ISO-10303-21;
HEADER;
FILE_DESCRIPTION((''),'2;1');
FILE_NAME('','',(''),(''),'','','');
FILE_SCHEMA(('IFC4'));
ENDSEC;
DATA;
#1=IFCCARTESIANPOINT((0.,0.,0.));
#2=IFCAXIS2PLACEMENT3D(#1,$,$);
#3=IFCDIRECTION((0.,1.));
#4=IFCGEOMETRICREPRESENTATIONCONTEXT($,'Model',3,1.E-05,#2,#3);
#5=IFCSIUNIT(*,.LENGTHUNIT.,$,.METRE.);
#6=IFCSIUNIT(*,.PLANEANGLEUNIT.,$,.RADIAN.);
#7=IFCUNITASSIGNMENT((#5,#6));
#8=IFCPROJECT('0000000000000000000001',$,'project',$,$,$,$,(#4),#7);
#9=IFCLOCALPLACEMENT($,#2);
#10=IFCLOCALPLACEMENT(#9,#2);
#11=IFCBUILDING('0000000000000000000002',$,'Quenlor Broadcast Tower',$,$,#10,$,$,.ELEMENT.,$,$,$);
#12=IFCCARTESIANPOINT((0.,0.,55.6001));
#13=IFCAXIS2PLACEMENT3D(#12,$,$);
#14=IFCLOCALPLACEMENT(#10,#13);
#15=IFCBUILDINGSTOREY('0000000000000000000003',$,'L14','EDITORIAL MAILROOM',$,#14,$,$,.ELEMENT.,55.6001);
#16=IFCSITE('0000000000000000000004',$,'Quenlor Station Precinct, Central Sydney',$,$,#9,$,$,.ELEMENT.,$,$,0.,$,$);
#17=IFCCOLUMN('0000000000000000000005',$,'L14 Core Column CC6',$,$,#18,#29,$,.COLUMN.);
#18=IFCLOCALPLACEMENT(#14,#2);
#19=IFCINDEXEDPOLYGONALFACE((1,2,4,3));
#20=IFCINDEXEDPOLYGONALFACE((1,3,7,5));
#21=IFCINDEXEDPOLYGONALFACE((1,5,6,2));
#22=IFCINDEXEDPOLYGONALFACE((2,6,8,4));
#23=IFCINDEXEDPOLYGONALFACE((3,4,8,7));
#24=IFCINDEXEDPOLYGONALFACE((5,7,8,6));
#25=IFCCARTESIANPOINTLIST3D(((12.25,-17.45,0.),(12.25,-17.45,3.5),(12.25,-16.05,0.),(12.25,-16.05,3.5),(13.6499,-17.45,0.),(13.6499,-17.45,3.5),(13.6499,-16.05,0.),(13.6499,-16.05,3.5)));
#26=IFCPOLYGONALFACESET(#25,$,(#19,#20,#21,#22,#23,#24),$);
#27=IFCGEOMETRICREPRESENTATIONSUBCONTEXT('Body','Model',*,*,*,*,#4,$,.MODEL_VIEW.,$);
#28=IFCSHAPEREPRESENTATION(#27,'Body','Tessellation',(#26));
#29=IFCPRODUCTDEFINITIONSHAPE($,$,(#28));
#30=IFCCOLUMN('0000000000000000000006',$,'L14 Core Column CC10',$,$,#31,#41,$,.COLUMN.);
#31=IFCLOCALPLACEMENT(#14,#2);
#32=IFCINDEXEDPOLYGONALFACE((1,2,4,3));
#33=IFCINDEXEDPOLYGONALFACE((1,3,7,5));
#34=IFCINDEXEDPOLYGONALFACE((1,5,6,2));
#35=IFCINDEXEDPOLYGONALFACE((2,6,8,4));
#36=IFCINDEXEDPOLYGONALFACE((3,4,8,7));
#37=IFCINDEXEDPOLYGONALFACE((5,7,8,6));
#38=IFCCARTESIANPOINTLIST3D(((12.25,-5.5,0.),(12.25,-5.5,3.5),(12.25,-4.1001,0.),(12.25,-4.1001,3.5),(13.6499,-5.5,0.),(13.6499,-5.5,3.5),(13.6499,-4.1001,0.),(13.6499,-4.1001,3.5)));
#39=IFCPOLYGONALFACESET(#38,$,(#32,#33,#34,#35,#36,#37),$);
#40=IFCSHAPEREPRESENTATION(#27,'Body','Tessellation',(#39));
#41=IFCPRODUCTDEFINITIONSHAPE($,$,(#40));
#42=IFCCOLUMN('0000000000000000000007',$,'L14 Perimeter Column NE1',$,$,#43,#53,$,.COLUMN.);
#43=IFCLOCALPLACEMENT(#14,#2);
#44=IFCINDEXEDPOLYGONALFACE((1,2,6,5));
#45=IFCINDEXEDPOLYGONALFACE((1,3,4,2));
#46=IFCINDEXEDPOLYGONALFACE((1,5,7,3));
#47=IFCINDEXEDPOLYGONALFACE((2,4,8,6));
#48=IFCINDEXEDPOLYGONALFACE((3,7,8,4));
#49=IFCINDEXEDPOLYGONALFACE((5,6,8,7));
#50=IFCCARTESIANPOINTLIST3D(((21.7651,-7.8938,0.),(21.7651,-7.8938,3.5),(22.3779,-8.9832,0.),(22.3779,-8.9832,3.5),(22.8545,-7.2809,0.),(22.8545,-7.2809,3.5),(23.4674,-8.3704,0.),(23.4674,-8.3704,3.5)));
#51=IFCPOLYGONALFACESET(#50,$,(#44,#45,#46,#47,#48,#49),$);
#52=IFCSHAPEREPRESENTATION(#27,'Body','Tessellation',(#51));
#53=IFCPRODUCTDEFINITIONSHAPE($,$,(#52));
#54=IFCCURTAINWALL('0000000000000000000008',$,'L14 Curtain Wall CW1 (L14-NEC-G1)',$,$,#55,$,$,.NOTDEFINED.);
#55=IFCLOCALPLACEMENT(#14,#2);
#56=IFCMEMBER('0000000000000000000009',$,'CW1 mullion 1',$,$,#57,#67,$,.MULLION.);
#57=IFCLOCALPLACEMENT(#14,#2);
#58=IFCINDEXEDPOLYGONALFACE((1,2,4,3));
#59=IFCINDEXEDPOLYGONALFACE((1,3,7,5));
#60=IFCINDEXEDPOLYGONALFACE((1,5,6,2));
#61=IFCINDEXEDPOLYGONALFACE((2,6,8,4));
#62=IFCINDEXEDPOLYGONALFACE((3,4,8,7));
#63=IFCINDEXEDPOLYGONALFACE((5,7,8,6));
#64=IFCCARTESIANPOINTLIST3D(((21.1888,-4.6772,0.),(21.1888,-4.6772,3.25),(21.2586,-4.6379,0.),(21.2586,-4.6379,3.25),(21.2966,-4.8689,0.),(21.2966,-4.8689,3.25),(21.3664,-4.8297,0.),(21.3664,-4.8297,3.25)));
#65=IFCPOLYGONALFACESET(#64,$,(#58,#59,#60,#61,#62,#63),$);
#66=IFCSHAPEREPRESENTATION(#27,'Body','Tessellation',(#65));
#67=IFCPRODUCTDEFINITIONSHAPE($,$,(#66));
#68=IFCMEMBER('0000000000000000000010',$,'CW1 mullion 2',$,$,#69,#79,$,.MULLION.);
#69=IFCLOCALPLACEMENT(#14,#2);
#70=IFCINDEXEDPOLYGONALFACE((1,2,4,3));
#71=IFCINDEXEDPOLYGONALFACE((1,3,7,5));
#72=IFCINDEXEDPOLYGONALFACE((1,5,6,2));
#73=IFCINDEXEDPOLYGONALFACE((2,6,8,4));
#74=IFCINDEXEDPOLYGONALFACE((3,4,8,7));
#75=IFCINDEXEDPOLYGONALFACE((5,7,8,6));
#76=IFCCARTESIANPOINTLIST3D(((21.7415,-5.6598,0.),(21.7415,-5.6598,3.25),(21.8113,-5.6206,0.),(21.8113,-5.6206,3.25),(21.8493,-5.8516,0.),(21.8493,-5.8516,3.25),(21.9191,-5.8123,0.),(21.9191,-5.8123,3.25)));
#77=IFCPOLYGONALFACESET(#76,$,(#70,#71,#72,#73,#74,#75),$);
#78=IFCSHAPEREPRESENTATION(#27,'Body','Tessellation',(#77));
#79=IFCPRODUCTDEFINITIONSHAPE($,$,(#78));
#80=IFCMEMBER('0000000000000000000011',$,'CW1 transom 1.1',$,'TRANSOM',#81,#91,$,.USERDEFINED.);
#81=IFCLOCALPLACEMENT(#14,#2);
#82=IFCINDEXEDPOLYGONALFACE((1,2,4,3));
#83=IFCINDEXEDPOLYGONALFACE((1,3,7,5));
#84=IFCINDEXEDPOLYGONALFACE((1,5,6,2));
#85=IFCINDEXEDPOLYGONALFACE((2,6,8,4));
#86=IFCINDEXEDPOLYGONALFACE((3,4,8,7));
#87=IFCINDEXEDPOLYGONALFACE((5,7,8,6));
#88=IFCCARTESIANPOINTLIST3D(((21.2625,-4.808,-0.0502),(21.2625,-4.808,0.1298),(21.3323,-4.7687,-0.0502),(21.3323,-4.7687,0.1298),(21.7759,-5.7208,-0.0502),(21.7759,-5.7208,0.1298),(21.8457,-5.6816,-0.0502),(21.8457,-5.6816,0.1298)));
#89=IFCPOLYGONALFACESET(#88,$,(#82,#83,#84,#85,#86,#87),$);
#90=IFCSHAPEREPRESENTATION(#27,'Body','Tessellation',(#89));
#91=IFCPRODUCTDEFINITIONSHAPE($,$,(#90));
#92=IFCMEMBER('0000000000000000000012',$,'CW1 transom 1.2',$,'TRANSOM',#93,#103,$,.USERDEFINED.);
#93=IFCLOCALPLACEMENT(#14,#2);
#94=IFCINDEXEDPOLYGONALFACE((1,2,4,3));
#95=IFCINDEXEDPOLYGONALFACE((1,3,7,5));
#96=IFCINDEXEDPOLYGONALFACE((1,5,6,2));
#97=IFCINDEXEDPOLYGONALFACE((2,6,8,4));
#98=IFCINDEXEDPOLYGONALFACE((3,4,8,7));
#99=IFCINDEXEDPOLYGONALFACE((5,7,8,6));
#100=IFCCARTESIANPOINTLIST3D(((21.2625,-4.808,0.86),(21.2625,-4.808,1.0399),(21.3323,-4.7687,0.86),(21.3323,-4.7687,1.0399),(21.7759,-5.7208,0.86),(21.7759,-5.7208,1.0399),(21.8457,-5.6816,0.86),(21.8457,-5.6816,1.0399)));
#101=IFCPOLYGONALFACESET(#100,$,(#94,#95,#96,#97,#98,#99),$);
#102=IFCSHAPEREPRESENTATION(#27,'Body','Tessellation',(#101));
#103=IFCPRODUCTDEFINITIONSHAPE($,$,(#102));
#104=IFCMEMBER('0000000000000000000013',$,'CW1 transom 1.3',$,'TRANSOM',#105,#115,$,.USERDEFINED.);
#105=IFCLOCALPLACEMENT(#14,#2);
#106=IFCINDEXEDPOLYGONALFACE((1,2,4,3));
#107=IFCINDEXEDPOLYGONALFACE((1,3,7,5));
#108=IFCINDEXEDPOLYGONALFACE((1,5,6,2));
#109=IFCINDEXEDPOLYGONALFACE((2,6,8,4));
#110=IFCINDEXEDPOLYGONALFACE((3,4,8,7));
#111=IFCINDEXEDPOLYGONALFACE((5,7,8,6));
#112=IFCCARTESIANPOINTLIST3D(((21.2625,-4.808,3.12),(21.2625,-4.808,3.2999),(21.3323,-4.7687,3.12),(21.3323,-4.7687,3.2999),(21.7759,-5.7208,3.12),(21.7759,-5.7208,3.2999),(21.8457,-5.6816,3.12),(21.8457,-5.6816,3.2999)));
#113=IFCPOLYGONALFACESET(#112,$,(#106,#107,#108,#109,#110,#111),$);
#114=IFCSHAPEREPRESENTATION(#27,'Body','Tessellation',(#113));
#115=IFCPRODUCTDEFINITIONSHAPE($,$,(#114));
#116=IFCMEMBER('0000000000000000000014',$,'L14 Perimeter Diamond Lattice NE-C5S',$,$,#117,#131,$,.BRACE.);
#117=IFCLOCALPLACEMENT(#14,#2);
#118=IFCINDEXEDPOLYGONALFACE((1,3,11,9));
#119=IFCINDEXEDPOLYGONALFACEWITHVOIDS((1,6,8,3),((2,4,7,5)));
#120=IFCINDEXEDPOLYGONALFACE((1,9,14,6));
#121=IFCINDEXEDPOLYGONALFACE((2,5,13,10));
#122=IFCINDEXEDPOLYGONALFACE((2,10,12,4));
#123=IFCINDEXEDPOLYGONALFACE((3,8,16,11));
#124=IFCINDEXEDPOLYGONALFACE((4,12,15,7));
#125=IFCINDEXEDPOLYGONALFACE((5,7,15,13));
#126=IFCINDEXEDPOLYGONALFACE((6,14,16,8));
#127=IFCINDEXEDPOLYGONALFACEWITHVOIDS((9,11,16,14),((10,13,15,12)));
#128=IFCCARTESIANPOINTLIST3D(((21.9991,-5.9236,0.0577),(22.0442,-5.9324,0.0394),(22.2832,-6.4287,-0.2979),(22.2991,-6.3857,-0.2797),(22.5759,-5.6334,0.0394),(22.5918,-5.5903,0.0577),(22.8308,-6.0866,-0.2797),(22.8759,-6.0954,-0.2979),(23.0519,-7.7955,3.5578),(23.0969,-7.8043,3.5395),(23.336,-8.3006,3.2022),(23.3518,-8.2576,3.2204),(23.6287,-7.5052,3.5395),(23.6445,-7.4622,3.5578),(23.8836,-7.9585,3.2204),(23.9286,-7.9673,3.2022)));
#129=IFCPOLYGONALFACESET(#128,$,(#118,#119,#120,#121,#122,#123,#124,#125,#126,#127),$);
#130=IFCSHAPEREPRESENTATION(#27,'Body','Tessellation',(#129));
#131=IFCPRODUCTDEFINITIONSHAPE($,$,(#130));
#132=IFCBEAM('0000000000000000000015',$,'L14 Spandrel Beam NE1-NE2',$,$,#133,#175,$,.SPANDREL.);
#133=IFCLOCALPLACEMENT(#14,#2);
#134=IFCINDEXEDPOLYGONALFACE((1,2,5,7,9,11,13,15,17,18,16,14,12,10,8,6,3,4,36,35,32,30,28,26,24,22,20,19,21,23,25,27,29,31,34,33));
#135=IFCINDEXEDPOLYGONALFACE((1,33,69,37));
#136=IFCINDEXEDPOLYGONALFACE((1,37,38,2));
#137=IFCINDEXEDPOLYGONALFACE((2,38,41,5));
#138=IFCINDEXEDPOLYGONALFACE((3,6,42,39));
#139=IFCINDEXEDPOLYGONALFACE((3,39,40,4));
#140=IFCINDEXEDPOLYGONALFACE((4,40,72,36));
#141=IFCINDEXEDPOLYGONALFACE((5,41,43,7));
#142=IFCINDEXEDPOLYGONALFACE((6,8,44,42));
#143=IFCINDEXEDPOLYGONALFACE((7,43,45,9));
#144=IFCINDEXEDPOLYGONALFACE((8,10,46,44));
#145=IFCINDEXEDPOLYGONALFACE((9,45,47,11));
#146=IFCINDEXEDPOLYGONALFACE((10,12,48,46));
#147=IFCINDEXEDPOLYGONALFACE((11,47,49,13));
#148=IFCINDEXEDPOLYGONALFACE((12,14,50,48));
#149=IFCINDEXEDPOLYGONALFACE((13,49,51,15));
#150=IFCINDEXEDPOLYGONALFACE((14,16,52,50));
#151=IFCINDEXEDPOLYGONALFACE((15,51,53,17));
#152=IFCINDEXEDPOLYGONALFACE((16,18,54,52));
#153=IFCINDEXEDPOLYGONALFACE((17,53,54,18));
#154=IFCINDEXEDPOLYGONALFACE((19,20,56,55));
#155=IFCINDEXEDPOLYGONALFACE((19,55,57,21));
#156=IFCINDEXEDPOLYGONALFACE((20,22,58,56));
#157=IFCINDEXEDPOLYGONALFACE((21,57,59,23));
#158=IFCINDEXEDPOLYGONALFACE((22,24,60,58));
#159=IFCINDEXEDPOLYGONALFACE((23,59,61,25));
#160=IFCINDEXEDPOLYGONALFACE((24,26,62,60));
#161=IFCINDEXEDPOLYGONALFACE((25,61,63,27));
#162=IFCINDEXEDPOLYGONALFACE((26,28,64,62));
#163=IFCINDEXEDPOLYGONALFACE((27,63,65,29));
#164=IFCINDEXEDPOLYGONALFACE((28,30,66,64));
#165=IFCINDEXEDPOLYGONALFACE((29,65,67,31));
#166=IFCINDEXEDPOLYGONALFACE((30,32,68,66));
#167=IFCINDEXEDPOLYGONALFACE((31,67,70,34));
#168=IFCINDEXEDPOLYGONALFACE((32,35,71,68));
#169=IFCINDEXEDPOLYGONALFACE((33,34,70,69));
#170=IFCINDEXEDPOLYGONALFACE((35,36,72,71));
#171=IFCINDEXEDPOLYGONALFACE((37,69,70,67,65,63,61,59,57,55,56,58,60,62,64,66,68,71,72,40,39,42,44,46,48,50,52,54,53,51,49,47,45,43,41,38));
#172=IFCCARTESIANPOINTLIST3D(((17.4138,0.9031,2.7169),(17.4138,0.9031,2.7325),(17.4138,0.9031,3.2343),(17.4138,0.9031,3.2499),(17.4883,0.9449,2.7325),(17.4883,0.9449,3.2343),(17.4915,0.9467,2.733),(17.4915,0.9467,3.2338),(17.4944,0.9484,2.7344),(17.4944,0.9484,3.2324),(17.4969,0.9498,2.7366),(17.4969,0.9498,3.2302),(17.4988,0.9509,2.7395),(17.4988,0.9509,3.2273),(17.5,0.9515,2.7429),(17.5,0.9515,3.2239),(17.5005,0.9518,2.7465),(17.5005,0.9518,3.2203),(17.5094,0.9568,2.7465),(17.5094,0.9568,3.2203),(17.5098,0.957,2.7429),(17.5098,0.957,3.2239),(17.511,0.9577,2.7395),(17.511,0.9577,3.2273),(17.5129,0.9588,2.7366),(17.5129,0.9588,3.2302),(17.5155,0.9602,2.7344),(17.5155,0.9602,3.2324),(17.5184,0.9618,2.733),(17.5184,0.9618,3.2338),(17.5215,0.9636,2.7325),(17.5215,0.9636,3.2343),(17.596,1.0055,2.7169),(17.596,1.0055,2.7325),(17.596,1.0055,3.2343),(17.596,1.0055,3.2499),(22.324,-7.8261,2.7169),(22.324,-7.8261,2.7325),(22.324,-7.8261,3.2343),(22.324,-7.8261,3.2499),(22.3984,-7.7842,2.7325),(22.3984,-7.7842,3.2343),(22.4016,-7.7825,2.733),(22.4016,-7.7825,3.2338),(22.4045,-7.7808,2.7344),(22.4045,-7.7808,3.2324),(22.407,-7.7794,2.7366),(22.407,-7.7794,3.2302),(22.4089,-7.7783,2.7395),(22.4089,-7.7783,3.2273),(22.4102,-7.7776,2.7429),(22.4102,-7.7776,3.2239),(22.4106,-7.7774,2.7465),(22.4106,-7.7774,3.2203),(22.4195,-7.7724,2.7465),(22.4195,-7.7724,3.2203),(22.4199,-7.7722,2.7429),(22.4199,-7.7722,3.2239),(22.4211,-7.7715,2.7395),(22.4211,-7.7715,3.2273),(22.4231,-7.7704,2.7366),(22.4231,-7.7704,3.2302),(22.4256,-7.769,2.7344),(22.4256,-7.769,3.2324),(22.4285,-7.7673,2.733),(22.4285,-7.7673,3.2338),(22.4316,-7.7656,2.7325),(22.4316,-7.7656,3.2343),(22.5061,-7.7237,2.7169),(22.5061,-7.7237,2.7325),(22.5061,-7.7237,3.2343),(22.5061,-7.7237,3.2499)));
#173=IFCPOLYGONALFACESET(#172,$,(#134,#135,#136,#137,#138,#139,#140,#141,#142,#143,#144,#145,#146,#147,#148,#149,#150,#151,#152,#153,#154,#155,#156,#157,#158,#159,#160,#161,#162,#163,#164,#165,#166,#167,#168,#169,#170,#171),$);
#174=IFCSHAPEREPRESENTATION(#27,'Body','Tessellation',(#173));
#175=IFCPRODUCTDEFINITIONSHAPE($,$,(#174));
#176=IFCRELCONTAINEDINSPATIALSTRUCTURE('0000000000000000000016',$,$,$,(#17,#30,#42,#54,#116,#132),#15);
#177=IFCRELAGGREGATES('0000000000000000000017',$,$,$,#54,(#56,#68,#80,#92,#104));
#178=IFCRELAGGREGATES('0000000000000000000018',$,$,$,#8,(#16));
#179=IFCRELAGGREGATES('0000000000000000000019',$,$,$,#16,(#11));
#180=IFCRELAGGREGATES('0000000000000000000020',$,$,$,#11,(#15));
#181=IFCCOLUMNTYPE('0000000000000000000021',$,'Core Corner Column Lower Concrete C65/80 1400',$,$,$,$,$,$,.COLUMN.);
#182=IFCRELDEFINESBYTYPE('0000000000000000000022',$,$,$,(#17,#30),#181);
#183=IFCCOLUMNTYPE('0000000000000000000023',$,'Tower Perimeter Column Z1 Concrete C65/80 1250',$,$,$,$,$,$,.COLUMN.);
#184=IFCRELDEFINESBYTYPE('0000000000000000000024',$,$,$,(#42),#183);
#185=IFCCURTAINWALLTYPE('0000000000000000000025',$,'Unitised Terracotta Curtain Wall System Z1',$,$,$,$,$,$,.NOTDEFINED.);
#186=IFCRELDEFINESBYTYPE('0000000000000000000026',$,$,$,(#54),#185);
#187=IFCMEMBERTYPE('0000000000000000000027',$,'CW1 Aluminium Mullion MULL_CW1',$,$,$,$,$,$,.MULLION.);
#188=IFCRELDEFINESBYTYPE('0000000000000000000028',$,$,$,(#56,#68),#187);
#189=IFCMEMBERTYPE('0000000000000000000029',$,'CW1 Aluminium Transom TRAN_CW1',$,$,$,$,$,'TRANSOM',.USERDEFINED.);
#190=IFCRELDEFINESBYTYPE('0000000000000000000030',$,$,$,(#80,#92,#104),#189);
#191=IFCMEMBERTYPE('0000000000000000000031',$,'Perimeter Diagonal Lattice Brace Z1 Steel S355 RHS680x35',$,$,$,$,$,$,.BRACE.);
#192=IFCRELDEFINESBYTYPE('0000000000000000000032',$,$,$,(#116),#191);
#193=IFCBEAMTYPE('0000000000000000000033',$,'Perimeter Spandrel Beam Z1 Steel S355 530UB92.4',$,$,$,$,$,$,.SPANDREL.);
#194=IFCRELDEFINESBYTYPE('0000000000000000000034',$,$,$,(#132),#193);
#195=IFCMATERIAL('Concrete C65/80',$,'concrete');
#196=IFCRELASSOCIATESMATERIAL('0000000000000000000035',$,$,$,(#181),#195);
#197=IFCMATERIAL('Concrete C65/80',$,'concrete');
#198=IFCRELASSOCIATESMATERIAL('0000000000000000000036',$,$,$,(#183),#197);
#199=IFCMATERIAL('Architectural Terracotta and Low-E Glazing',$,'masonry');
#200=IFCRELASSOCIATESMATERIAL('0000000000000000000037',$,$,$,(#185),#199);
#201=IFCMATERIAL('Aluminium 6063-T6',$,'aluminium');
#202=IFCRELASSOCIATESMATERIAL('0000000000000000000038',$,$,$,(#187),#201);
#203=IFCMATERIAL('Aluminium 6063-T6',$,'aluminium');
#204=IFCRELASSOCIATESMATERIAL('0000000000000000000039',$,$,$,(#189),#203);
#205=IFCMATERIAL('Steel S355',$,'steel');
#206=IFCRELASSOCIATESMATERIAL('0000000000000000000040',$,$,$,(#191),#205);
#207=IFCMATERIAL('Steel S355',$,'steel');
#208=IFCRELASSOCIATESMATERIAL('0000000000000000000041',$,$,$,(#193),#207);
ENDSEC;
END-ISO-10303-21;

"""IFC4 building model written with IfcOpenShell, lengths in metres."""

from ifc_helpers import new_model, si_unit, direction, frame, origin, origin_2d, place, context, subcontext, project, spatial, rectangle, hollow_rectangle, i_section, extrude, material, material_profile, profile_set, type_object, element, aggregate, save


model = new_model("IFC4")

# Units and contexts
model_context = context("Model", 3, precision=1e-05, world=origin(), true_north=direction((0.0, 1.0)))
body_context = subcontext(model_context, "Body", "Model", "MODEL_VIEW")
ifc_project = project(units=[si_unit("LENGTHUNIT", "METRE"), si_unit("PLANEANGLEUNIT", "RADIAN")], contexts=[model_context])

# Site, building, storey
site_placement = place(None, origin())
site = spatial("IfcSite", under=ifc_project, at=site_placement, Name="Quenlor Station Precinct, Central Sydney", CompositionType="ELEMENT", RefElevation=0.0)
building_placement = place(site_placement, origin())
building = spatial("IfcBuilding", under=site, at=building_placement, Name="Quenlor Broadcast Tower", CompositionType="ELEMENT")
storey_placement = place(building_placement, frame((0.0, 0.0, 55.6001)))
storey = spatial("IfcBuildingStorey", under=building, at=storey_placement, Name="L14", Description="EDITORIAL MAILROOM", CompositionType="ELEMENT", Elevation=55.6001)

# Columns
ifc_material_1 = material(Name="Concrete C65/80", Category="concrete")
ifc_material_profile_1 = material_profile(ifc_material_1, rectangle(XDim=1.3999, YDim=1.3999, at=origin_2d()))
ifc_profile_set_1 = profile_set([ifc_material_profile_1], Name="Concrete C65/80 RC1400x1400")
column_type_1 = type_object("IfcColumnType", Name="Core Corner Column Lower Concrete C65/80 1400", PredefinedType="COLUMN", material=ifc_profile_set_1)
for number, where, z_axis, x_axis, name in (
    (1, (12.95, -16.75, 0.0), (0.0, 0.0, 1.0), (1.0, 0.0, 0.0), "L14 Core Column CC6"),
    (2, (12.95, -4.8, 0.0), (0.0, 0.0, 1.0), (1.0, 0.0, 0.0), "L14 Core Column CC10"),
):
    element("IfcColumn", number, at=place(storey_placement, frame(where, z_axis=z_axis, x_axis=x_axis)), inside=storey, type_object=column_type_1, Name=name, PredefinedType="COLUMN", context=body_context, shape_type="SweptSolid", body=[
        extrude(rectangle(XDim=1.3999, YDim=1.3999, at=origin_2d()), origin(), (0.0, 0.0, 1.0), 3.5),
    ])
ifc_material_2 = material(Name="Concrete C65/80", Category="concrete")
ifc_material_profile_2 = material_profile(ifc_material_2, rectangle(XDim=1.25, YDim=1.25, at=origin_2d()))
ifc_profile_set_2 = profile_set([ifc_material_profile_2], Name="Concrete C65/80 RC1250x1250")
column_type_2 = type_object("IfcColumnType", Name="Tower Perimeter Column Z1 Concrete C65/80 1250", PredefinedType="COLUMN", material=ifc_profile_set_2)
column_placement = place(storey_placement, frame((22.6162, -8.1321, 0.0), z_axis=(0.0, 0.0, 1.0), x_axis=(0.871575, 0.490262, 0.0)))
element("IfcColumn", 3, at=column_placement, inside=storey, type_object=column_type_2, Name="L14 Perimeter Column NE1", PredefinedType="COLUMN", context=body_context, shape_type="SweptSolid", body=[
    extrude(rectangle(XDim=1.25, YDim=1.25, at=origin_2d()), origin(), (0.0, 0.0, 1.0), 3.5),
])

# Curtain wall, members
ifc_material_3 = material(Name="Architectural Terracotta and Low-E Glazing", Category="masonry")
curtain_wall_type = type_object("IfcCurtainWallType", Name="Unitised Terracotta Curtain Wall System Z1", PredefinedType="NOTDEFINED", material=ifc_material_3)
curtain_wall_placement = place(storey_placement, origin())
curtain_wall = element("IfcCurtainWall", 4, at=curtain_wall_placement, inside=storey, type_object=curtain_wall_type, Name="L14 Curtain Wall CW1 (L14-NEC-G1)", PredefinedType="NOTDEFINED")
ifc_material_4 = material(Name="Aluminium 6063-T6", Category="aluminium")
ifc_material_profile_3 = material_profile(ifc_material_4, rectangle(XDim=0.0801, YDim=0.22, at=origin_2d()))
ifc_profile_set_3 = profile_set([ifc_material_profile_3], Name="Aluminium 6063-T6 MULL80x220")
member_type_1 = type_object("IfcMemberType", Name="CW1 Aluminium Mullion MULL_CW1", PredefinedType="MULLION", material=ifc_profile_set_3)
member_1_placement = place(storey_placement, frame((21.2776, -4.7534, 0.0), z_axis=(0.0, 0.0, 1.0), x_axis=(0.871602, 0.490214, 0.0)))
member_1 = element("IfcMember", 5, at=member_1_placement, type_object=member_type_1, Name="CW1 mullion 1", PredefinedType="MULLION", context=body_context, shape_type="SweptSolid", body=[
    extrude(rectangle(XDim=0.0801, YDim=0.22, at=origin_2d()), origin(), (0.0, 0.0, 1.0), 3.25),
])
member_2_placement = place(storey_placement, frame((21.8303, -5.7361, 0.0), z_axis=(0.0, 0.0, 1.0), x_axis=(0.871602, 0.490214, 0.0)))
member_2 = element("IfcMember", 6, at=member_2_placement, type_object=member_type_1, Name="CW1 mullion 2", PredefinedType="MULLION", context=body_context, shape_type="SweptSolid", body=[
    extrude(rectangle(XDim=0.0801, YDim=0.22, at=origin_2d()), origin(), (0.0, 0.0, 1.0), 3.25),
])
ifc_material_5 = material(Name="Aluminium 6063-T6", Category="aluminium")
ifc_material_profile_4 = material_profile(ifc_material_5, rectangle(XDim=0.0801, YDim=0.1799, at=origin_2d()))
ifc_profile_set_4 = profile_set([ifc_material_profile_4], Name="Aluminium 6063-T6 TRAN80x180")
member_type_2 = type_object("IfcMemberType", Name="CW1 Aluminium Transom TRAN_CW1", ElementType="TRANSOM", PredefinedType="USERDEFINED", material=ifc_profile_set_4)
member_3_placement = place(storey_placement, frame((21.2974, -4.7883, 0.0398), z_axis=(0.490228, -0.871594, 0.0), x_axis=(0.871594, 0.490228, 0.0)))
member_3 = element("IfcMember", 7, at=member_3_placement, type_object=member_type_2, Name="CW1 transom 1.1", ObjectType="TRANSOM", PredefinedType="USERDEFINED", context=body_context, shape_type="SweptSolid", body=[
    extrude(rectangle(XDim=0.0801, YDim=0.1799, at=origin_2d()), origin(), (0.0, 0.0, 1.0), 1.0474),
])
member_4_placement = place(storey_placement, frame((21.2974, -4.7883, 0.95), z_axis=(0.490228, -0.871594, 0.0), x_axis=(0.871594, 0.490228, 0.0)))
member_4 = element("IfcMember", 8, at=member_4_placement, type_object=member_type_2, Name="CW1 transom 1.2", ObjectType="TRANSOM", PredefinedType="USERDEFINED", context=body_context, shape_type="SweptSolid", body=[
    extrude(rectangle(XDim=0.0801, YDim=0.1799, at=origin_2d()), origin(), (0.0, 0.0, 1.0), 1.0474),
])
member_5_placement = place(storey_placement, frame((21.2974, -4.7883, 3.21), z_axis=(0.490228, -0.871594, 0.0), x_axis=(0.871594, 0.490228, 0.0)))
member_5 = element("IfcMember", 9, at=member_5_placement, type_object=member_type_2, Name="CW1 transom 1.3", ObjectType="TRANSOM", PredefinedType="USERDEFINED", context=body_context, shape_type="SweptSolid", body=[
    extrude(rectangle(XDim=0.0801, YDim=0.1799, at=origin_2d()), origin(), (0.0, 0.0, 1.0), 1.0474),
])

# Member
ifc_material_6 = material(Name="Steel S355", Category="steel")
ifc_material_profile_5 = material_profile(ifc_material_6, hollow_rectangle(XDim=0.6799, YDim=0.6799, WallThickness=0.0349, at=origin_2d()))
ifc_profile_set_5 = profile_set([ifc_material_profile_5], Name="Steel S355 RHS680x680x35")
member_type_3 = type_object("IfcMemberType", Name="Perimeter Diagonal Lattice Brace Z1 Steel S355 RHS680x35", PredefinedType="BRACE", material=ifc_profile_set_5)
member_6_placement = place(storey_placement, frame((22.4375, -6.0095, -0.1201), z_axis=(0.256368, -0.455839, 0.852342), x_axis=(0.871609, 0.490202, 0.0)))
element("IfcMember", 10, at=member_6_placement, inside=storey, type_object=member_type_3, Name="L14 Perimeter Diamond Lattice NE-C5S", PredefinedType="BRACE", context=body_context, shape_type="SweptSolid", body=[
    extrude(hollow_rectangle(XDim=0.6799, YDim=0.6799, WallThickness=0.0349, at=origin_2d()), origin(), (0.0, 0.0, 1.0), 4.1064),
])

# Beam
ifc_material_7 = material(Name="Steel S355", Category="steel")
ifc_material_profile_6 = material_profile(ifc_material_7, i_section(OverallWidth=0.209, OverallDepth=0.533, WebThickness=0.0103, FlangeThickness=0.0156, FilletRadius=0.0139, at=origin_2d()))
ifc_profile_set_6 = profile_set([ifc_material_profile_6], Name="Steel S355 530UB92.4")
beam_type_1 = type_object("IfcBeamType", Name="Perimeter Spandrel Beam Z1 Steel S355 530UB92.4", PredefinedType="SPANDREL", material=ifc_profile_set_6)
beam_1_placement = place(storey_placement, frame((22.415, -7.7749, 2.9834), z_axis=(-0.490258, 0.871577, 0.0), x_axis=(-0.871577, -0.490258, 0.0)))
element("IfcBeam", 11, at=beam_1_placement, inside=storey, type_object=beam_type_1, Name="L14 Spandrel Beam NE1-NE2", PredefinedType="SPANDREL", context=body_context, shape_type="SweptSolid", body=[
    extrude(i_section(OverallWidth=0.209, OverallDepth=0.533, WebThickness=0.0103, FlangeThickness=0.0156, FilletRadius=0.0139, at=origin_2d()), origin(), (0.0, 0.0, 1.0), 10.0154),
])

aggregate(curtain_wall, [member_1, member_2, member_3, member_4, member_5])

save(model, "model.ifc")
